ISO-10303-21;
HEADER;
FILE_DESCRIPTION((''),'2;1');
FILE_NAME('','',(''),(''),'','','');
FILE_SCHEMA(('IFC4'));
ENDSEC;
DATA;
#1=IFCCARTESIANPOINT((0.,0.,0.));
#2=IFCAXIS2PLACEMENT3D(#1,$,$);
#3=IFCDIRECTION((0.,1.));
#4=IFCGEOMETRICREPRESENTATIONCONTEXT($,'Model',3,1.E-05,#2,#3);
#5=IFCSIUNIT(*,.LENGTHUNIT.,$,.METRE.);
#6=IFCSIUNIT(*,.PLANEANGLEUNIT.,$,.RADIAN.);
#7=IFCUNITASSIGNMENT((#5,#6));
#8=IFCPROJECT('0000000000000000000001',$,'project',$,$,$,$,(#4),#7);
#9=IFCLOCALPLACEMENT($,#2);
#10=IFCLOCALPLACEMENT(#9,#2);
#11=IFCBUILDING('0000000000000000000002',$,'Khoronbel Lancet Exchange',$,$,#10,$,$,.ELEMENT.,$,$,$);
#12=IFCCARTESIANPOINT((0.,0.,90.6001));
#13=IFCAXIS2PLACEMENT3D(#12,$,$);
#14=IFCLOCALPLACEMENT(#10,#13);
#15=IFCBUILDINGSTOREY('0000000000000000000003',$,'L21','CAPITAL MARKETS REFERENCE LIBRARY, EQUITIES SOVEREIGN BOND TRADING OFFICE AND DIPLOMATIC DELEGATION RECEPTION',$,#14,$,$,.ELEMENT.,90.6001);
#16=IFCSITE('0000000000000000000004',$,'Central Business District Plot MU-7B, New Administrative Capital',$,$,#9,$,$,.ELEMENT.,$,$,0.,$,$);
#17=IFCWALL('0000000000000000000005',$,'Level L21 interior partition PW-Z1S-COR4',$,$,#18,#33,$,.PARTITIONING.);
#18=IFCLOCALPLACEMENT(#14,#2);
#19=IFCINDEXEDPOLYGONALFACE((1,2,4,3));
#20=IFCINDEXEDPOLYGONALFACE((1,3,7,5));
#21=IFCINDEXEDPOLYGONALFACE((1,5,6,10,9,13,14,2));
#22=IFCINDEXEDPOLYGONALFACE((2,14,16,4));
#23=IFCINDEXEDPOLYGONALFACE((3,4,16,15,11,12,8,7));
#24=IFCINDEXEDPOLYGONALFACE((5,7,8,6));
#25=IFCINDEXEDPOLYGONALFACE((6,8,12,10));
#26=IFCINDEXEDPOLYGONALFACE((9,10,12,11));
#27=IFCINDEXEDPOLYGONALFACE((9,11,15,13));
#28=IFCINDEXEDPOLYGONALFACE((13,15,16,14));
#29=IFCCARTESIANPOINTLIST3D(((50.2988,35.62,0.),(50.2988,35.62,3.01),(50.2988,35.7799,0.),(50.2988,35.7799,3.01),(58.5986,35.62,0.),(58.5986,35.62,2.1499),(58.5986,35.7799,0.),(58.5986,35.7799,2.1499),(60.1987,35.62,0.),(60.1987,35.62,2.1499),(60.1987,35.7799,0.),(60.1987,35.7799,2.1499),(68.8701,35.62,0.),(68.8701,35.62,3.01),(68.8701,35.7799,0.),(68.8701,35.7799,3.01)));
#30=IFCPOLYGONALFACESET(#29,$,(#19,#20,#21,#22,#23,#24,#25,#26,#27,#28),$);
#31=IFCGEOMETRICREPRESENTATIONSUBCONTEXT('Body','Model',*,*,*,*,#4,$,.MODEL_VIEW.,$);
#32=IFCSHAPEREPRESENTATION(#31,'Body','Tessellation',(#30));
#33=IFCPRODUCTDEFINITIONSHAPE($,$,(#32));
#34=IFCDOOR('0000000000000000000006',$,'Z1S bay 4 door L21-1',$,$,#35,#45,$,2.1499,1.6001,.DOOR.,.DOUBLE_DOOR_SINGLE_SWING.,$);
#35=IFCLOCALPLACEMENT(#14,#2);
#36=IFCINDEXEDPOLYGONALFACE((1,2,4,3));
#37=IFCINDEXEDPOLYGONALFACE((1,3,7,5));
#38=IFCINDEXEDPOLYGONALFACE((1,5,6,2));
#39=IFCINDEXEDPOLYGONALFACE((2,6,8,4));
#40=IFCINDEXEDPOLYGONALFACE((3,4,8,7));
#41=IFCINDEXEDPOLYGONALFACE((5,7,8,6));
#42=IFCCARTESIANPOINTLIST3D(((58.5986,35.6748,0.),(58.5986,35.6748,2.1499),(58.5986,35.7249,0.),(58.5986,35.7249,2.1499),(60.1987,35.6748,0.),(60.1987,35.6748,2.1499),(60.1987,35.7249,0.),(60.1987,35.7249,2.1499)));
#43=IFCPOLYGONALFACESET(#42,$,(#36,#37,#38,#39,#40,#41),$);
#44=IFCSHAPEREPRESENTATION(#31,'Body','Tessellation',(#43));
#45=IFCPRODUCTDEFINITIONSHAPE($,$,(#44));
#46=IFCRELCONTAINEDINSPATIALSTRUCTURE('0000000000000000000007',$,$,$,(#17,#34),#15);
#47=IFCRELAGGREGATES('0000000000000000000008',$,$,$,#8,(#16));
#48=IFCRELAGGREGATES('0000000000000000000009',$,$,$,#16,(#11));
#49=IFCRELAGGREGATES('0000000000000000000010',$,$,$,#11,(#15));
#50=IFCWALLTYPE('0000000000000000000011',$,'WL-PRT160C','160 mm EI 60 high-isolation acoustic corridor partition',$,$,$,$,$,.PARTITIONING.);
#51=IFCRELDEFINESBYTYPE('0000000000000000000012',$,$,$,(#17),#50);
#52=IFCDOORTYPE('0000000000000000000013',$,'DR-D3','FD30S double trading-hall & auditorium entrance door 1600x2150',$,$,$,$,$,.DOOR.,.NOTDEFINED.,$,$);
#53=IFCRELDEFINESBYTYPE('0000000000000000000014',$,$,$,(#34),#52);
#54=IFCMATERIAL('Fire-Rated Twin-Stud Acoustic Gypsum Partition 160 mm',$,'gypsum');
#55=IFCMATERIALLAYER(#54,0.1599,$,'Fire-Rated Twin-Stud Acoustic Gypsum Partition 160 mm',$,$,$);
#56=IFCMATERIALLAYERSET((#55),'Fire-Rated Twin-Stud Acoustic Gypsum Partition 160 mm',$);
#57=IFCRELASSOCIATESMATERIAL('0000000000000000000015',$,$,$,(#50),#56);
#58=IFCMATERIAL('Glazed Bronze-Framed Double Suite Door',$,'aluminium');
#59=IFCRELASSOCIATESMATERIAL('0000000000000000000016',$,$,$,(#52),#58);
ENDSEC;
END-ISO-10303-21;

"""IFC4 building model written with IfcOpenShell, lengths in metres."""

from ifc_helpers import new_model, si_unit, direction, frame, frame_2d, origin, place, context, subcontext, project, spatial, rectangle, extrude, material, layer, layer_set, type_object, element, fill, save


model = new_model("IFC4")

# Units and contexts
model_context = context("Model", 3, precision=1e-05, world=origin(), true_north=direction((0.0, 1.0)))
body_context = subcontext(model_context, "Body", "Model", "MODEL_VIEW")
ifc_project = project(units=[si_unit("LENGTHUNIT", "METRE"), si_unit("PLANEANGLEUNIT", "RADIAN")], contexts=[model_context])

# Site, building, storey
site_placement = place(None, origin())
site = spatial("IfcSite", under=ifc_project, at=site_placement, Name="Central Business District Plot MU-7B, New Administrative Capital", CompositionType="ELEMENT", RefElevation=0.0)
building_placement = place(site_placement, origin())
building = spatial("IfcBuilding", under=site, at=building_placement, Name="Khoronbel Lancet Exchange", CompositionType="ELEMENT")
storey_placement = place(building_placement, frame((0.0, 0.0, 90.6001)))
storey = spatial("IfcBuildingStorey", under=building, at=storey_placement, Name="L21", Description="CAPITAL MARKETS REFERENCE LIBRARY, EQUITIES SOVEREIGN BOND TRADING OFFICE AND DIPLOMATIC DELEGATION RECEPTION", CompositionType="ELEMENT", Elevation=90.6001)

# Wall, opening, door
ifc_material_1 = material(Name="Fire-Rated Twin-Stud Acoustic Gypsum Partition 160 mm", Category="gypsum")
ifc_layer_1 = layer(ifc_material_1, 0.1599, Name="Fire-Rated Twin-Stud Acoustic Gypsum Partition 160 mm")
ifc_layer_set_1 = layer_set([ifc_layer_1], Name="Fire-Rated Twin-Stud Acoustic Gypsum Partition 160 mm")
wall_type_1 = type_object("IfcWallType", Name="WL-PRT160C", Description="160 mm EI 60 high-isolation acoustic corridor partition", PredefinedType="PARTITIONING", material=ifc_layer_set_1)
wall_1_placement = place(storey_placement, frame((50.2988, 35.7, 0.0), z_axis=(0.0, 0.0, 1.0), x_axis=(1.0, 0.0, 0.0)))
wall_1 = element("IfcWall", 1, at=wall_1_placement, inside=storey, type_object=wall_type_1, Name="Level L21 interior partition PW-Z1S-COR4", PredefinedType="PARTITIONING", context=body_context, shape_type="SweptSolid", body=[
    extrude(rectangle(XDim=18.5713, YDim=0.1599, at=frame_2d((9.2856, 0.0))), origin(), (0.0, 0.0, 1.0), 3.01),
])
opening_1_placement = place(wall_1_placement, frame((8.2998, 0.0, 0.0)))
opening_1 = element("IfcOpeningElement", 2, at=opening_1_placement, cuts=wall_1, PredefinedType="OPENING", context=body_context, shape_type="SweptSolid", body=[
    extrude(rectangle(XDim=1.6001, YDim=2.1499, at=frame_2d((0.8, 1.075))), frame((0.0, 0.0898, 0.0), z_axis=(0.0, -1.0, 0.0), x_axis=(1.0, 0.0, 0.0)), (0.0, 0.0, 1.0), 0.1799),
])
ifc_material_2 = material(Name="Glazed Bronze-Framed Double Suite Door", Category="aluminium")
door_type_1 = type_object("IfcDoorType", Name="DR-D3", Description="FD30S double trading-hall & auditorium entrance door 1600x2150", OperationType="NOTDEFINED", PredefinedType="DOOR", material=ifc_material_2)
door_1_placement = place(opening_1_placement, origin())
door_1 = element("IfcDoor", 3, at=door_1_placement, inside=storey, type_object=door_type_1, Name="Z1S bay 4 door L21-1", OperationType="DOUBLE_DOOR_SINGLE_SWING", OverallHeight=2.1499, OverallWidth=1.6001, PredefinedType="DOOR", context=body_context, shape_type="SweptSolid", body=[
    extrude(rectangle(XDim=1.6001, YDim=2.1499, at=frame_2d((0.8, 1.075))), frame((0.0, 0.0249, 0.0), z_axis=(0.0, -1.0, 0.0), x_axis=(1.0, 0.0, 0.0)), (0.0, 0.0, 1.0), 0.05),
])
fill(opening_1, door_1)

save(model, "model.ifc")
